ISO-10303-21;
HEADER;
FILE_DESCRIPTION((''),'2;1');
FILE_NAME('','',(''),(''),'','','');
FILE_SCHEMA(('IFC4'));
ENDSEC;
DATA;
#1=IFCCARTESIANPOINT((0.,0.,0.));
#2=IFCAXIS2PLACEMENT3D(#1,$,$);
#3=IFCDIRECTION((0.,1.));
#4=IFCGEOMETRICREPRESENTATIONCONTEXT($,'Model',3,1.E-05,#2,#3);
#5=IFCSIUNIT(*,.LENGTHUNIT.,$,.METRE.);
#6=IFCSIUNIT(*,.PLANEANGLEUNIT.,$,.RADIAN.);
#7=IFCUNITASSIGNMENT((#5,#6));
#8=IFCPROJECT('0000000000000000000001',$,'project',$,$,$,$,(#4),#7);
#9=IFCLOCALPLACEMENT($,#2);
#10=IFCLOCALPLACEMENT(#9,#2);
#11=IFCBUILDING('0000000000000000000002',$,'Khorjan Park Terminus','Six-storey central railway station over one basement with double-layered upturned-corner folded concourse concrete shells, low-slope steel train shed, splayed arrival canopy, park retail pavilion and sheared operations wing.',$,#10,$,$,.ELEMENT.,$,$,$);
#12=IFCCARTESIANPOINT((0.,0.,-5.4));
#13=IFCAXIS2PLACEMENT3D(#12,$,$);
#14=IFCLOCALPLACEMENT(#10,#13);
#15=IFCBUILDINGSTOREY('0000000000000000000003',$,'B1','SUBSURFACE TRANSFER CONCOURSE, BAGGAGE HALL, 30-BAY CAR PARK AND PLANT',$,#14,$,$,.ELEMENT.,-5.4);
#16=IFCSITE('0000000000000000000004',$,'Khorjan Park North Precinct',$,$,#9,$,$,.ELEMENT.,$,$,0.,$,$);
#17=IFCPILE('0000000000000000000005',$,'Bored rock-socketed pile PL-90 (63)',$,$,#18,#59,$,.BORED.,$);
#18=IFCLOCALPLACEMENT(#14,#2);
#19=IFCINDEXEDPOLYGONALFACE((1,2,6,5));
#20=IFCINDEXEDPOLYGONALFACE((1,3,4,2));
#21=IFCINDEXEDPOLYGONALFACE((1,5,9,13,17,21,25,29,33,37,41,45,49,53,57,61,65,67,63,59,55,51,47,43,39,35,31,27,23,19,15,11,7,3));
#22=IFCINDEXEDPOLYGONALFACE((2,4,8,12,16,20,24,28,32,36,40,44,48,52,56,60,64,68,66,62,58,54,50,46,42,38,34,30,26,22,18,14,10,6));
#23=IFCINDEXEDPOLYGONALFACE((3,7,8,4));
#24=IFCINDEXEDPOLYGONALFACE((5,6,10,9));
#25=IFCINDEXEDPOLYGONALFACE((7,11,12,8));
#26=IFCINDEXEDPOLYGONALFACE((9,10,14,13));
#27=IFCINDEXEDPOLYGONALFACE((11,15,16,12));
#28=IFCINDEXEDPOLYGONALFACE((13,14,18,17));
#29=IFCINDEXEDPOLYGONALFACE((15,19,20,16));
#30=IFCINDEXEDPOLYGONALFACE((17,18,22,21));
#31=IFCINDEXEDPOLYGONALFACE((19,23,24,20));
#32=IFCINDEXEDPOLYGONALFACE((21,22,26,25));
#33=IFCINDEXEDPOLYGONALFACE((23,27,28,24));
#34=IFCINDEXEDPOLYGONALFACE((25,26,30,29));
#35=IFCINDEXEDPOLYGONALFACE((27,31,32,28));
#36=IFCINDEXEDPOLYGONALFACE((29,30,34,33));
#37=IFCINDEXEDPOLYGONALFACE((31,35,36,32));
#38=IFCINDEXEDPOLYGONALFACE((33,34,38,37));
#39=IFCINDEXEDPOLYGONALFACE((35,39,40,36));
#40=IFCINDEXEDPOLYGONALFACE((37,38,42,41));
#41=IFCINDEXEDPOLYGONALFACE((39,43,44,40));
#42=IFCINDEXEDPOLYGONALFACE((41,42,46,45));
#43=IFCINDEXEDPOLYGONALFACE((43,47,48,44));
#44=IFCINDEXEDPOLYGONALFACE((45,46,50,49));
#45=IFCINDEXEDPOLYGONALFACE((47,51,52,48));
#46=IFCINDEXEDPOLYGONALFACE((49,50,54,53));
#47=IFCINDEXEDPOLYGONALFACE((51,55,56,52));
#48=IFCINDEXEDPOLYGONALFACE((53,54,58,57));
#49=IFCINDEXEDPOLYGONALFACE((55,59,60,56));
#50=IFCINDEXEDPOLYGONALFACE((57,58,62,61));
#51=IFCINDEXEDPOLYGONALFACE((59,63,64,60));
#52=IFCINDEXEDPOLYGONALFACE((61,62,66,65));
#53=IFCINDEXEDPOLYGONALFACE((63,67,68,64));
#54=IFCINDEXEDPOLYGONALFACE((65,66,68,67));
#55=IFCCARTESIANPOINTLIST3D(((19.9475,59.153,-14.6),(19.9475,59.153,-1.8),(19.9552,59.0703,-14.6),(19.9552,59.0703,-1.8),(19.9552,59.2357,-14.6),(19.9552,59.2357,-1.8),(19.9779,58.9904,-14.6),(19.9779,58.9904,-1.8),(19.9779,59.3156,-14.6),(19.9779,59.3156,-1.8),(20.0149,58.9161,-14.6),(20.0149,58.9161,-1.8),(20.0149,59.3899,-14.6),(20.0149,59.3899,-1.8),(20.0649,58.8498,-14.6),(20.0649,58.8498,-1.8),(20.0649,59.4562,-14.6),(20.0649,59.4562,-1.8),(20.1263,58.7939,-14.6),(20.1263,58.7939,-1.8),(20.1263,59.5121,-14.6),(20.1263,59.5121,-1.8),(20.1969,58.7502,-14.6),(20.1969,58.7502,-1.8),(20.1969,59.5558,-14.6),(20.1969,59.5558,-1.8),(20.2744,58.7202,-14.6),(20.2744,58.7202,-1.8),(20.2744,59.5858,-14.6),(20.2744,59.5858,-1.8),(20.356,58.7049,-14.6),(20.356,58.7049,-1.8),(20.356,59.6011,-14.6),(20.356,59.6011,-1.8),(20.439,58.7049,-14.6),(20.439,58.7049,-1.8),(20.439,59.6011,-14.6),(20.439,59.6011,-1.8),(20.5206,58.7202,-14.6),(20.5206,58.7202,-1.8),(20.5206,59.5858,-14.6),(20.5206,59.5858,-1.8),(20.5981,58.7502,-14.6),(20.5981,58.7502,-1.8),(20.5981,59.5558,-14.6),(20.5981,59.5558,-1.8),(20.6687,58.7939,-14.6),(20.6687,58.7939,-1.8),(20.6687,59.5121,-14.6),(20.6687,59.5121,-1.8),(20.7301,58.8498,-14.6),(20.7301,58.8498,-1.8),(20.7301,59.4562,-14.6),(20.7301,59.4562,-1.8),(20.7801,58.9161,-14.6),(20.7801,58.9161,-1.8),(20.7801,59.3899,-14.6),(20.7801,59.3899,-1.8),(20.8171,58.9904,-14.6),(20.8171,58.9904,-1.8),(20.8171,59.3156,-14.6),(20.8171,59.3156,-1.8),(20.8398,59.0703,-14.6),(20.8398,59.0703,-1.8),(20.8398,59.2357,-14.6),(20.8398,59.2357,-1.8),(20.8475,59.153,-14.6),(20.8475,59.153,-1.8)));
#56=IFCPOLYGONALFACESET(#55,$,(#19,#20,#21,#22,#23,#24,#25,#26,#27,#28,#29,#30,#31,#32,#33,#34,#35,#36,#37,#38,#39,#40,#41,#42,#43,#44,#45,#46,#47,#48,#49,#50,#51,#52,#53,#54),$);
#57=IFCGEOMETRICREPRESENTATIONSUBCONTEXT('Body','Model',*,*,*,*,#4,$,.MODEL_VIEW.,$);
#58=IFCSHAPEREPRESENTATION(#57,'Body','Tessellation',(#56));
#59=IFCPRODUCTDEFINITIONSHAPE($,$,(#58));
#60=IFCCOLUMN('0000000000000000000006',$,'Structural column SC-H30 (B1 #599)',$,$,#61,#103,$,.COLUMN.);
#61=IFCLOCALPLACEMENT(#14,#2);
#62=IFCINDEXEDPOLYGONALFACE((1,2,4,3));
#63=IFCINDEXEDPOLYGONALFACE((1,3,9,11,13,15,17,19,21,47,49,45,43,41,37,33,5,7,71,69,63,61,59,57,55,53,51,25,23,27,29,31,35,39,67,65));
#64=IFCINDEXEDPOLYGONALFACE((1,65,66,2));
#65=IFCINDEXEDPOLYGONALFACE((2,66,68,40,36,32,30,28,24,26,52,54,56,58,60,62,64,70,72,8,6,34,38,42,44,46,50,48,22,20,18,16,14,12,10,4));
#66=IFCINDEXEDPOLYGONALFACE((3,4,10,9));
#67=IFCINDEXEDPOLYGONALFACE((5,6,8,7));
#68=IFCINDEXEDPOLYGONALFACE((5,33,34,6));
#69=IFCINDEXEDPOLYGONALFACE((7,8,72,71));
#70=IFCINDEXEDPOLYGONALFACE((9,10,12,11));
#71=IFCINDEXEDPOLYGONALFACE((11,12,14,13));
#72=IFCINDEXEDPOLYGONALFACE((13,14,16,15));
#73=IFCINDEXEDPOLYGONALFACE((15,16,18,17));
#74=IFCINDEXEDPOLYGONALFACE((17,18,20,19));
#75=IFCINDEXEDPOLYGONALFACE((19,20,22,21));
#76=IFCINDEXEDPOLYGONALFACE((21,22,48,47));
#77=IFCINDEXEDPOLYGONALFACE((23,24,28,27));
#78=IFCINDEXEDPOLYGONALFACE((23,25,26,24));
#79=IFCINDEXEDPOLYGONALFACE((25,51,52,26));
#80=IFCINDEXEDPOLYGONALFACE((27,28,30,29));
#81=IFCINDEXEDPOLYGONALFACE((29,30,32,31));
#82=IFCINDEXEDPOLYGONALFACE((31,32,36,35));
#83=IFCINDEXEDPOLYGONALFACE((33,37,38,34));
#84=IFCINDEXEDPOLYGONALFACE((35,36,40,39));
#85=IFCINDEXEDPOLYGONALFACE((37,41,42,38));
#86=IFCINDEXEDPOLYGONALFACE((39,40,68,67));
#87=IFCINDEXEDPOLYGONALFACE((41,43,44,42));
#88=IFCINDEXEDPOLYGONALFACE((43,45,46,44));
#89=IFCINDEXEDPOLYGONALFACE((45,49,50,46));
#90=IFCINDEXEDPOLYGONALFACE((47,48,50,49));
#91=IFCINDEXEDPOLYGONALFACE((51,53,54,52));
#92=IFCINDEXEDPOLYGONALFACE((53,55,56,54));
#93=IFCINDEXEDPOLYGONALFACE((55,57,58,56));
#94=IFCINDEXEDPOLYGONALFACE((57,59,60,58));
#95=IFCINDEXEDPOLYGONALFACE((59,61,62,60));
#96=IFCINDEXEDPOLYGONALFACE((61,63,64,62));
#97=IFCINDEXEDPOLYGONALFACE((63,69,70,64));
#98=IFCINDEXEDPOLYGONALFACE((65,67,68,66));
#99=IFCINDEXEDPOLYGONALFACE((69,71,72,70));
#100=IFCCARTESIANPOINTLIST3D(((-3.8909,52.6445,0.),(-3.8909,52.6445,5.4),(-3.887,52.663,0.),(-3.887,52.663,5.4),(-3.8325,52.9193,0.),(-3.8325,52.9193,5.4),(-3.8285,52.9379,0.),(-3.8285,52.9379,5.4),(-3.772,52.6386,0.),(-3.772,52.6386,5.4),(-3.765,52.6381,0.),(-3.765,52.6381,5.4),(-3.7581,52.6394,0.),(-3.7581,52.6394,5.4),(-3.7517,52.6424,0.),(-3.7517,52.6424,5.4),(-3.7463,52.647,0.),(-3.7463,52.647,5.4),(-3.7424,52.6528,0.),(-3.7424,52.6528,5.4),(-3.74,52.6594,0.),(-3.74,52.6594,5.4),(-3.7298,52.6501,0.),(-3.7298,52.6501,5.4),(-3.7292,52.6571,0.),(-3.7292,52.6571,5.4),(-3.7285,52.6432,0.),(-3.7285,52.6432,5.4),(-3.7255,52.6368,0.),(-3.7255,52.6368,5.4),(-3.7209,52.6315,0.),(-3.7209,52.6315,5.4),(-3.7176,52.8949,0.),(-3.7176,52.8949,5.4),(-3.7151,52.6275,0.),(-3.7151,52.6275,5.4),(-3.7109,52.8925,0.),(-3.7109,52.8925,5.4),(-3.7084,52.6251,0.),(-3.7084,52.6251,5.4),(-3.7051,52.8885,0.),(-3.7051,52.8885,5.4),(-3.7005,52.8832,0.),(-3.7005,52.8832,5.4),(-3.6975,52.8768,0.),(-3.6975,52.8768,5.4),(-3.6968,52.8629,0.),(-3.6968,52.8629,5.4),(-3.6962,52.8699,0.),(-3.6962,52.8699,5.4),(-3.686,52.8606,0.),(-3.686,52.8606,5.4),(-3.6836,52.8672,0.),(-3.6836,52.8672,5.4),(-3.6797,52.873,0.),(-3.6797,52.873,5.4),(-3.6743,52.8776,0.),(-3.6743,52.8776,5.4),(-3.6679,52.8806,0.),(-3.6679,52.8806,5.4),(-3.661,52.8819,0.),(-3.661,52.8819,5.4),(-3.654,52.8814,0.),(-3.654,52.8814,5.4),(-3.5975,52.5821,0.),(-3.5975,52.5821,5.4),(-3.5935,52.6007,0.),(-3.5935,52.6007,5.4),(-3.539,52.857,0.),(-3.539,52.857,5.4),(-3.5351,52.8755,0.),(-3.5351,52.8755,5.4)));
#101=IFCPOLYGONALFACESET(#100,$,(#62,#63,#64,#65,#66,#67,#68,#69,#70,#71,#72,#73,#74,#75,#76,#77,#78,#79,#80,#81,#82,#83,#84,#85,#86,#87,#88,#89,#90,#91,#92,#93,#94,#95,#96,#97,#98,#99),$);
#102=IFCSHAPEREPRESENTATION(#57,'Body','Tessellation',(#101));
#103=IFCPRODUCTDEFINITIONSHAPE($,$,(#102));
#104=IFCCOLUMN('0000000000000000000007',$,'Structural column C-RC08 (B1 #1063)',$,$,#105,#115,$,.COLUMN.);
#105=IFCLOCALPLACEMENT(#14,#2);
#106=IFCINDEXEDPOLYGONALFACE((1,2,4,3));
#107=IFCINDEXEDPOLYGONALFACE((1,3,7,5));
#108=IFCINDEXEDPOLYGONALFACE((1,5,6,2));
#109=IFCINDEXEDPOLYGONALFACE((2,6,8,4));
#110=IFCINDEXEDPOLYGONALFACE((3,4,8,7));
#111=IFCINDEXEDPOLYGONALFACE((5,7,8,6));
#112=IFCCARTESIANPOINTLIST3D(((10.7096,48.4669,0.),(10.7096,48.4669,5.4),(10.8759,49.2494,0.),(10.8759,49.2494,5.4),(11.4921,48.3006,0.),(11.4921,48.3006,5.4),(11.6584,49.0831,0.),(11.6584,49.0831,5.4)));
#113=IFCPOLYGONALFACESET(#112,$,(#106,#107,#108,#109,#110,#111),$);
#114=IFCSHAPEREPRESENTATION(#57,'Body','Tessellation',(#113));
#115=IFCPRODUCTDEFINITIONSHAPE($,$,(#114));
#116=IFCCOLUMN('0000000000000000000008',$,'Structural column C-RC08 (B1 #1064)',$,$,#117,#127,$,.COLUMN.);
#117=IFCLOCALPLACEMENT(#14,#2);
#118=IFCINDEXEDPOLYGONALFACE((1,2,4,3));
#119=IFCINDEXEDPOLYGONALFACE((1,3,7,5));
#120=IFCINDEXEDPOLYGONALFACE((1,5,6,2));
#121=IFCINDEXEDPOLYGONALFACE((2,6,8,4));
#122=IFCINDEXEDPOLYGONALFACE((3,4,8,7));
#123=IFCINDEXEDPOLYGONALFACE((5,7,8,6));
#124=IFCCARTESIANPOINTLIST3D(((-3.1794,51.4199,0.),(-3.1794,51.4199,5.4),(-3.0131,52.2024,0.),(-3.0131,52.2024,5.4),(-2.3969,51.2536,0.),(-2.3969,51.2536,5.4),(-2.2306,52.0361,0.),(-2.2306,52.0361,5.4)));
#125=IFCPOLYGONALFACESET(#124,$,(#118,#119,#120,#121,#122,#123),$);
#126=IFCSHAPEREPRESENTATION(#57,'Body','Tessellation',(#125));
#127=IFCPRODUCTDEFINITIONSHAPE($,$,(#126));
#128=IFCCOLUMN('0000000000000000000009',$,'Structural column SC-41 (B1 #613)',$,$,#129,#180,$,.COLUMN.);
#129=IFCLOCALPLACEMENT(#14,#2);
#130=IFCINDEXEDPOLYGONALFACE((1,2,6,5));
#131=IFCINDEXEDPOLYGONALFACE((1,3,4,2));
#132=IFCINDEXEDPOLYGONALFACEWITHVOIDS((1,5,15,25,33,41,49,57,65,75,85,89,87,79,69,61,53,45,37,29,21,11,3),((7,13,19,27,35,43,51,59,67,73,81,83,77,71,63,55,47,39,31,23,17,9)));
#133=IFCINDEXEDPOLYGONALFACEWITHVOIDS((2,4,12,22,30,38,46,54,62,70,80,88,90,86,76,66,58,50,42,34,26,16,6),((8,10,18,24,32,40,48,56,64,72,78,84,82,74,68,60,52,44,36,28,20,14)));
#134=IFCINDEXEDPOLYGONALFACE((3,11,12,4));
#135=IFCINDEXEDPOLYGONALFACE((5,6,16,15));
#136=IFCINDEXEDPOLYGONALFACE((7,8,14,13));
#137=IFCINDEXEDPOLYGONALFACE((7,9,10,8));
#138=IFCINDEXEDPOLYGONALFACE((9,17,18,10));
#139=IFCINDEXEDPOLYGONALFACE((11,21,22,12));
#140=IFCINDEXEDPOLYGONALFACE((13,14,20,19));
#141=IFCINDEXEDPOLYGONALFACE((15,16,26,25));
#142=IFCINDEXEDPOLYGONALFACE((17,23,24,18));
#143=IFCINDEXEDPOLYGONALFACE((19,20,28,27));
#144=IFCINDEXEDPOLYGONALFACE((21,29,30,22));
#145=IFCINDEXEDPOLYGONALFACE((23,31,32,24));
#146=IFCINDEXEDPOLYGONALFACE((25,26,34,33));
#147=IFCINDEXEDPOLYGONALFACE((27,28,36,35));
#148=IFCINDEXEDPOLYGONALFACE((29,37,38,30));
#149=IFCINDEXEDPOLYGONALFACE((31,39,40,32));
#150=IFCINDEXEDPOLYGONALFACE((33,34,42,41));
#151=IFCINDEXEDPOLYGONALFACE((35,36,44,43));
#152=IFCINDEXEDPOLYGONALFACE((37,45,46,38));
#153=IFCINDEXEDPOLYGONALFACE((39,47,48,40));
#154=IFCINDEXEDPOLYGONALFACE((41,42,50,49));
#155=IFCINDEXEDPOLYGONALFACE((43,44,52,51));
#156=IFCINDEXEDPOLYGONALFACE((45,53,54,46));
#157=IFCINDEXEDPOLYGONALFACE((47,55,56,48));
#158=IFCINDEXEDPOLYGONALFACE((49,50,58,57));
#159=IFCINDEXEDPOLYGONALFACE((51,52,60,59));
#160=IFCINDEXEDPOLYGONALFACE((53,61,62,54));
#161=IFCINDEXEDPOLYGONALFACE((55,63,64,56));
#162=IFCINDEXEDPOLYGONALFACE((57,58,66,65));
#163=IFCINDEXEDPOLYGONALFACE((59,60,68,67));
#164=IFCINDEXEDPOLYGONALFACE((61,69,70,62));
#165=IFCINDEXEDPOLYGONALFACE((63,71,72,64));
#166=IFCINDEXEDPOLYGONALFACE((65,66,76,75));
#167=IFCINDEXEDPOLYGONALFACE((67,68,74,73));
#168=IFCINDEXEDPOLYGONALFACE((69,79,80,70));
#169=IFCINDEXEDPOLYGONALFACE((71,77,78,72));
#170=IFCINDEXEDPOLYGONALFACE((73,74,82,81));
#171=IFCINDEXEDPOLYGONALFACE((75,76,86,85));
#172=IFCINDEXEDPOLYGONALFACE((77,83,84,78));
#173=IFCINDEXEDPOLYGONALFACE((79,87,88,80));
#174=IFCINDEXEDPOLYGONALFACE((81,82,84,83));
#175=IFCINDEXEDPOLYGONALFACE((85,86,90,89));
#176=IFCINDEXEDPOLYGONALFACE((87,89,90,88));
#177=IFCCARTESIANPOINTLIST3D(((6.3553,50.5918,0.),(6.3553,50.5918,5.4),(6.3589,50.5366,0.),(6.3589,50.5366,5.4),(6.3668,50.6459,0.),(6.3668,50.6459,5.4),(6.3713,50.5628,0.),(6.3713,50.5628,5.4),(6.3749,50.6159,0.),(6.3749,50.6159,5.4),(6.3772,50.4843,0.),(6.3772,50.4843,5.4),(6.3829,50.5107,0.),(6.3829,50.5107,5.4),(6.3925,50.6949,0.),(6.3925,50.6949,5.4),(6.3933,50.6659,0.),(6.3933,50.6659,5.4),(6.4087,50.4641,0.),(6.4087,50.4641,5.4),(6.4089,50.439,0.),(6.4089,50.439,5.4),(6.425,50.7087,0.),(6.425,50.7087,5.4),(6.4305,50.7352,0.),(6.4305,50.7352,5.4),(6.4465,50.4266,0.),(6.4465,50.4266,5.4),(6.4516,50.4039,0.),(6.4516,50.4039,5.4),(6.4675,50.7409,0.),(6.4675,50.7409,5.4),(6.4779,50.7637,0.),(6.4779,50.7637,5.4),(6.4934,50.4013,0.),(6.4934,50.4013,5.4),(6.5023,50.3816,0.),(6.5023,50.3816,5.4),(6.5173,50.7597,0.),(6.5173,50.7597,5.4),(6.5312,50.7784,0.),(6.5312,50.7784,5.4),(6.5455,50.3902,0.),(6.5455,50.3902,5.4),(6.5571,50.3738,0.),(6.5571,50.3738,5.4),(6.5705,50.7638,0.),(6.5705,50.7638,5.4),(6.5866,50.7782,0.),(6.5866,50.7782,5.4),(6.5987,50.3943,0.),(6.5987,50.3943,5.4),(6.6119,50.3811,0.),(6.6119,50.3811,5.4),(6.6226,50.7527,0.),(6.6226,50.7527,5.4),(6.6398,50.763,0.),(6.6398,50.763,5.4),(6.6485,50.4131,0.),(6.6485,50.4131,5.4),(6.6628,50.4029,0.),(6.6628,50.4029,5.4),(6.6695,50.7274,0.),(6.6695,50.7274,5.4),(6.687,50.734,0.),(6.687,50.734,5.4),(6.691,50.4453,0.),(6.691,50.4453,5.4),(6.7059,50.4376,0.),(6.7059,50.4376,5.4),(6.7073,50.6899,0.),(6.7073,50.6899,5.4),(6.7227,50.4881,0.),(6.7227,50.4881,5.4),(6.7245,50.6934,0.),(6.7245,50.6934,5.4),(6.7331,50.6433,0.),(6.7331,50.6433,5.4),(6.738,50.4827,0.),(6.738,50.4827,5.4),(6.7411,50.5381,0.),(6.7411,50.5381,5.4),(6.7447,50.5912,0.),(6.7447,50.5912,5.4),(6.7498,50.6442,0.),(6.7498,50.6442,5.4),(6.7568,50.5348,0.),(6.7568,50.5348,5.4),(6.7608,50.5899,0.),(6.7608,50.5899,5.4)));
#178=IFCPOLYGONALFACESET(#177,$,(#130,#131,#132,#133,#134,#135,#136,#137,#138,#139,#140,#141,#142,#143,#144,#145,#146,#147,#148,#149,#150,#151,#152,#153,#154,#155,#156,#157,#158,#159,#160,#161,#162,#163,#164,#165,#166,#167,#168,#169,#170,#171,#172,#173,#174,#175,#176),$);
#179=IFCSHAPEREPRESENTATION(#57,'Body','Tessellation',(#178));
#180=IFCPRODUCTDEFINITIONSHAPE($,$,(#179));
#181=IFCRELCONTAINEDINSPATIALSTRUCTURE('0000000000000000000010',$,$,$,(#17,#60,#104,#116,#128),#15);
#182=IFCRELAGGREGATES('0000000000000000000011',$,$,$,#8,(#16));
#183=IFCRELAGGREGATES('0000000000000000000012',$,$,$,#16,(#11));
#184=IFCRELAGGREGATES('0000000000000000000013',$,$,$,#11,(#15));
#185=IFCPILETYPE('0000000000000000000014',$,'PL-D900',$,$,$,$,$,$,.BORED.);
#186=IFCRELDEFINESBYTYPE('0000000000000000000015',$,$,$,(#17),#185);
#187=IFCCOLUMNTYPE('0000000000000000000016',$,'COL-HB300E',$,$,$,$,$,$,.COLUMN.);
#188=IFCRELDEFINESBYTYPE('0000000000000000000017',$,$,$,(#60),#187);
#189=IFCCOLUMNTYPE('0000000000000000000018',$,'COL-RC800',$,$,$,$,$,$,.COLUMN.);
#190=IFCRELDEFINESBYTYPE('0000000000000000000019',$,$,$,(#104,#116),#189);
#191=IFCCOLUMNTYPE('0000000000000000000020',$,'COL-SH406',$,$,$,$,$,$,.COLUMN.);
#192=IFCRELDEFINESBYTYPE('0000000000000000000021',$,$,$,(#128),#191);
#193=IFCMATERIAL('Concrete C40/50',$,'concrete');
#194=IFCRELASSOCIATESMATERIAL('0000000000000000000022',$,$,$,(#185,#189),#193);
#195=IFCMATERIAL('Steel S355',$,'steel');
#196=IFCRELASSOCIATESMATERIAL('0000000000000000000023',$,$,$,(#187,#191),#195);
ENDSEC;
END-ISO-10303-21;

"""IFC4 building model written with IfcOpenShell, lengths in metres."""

from ifc_helpers import new_model, si_unit, direction, frame, origin, origin_2d, place, context, subcontext, project, spatial, rectangle, circle, hollow_circle, i_section, extrude, material, material_profile, profile_set, type_object, element, save


model = new_model("IFC4")

# Units and contexts
model_context = context("Model", 3, precision=1e-05, world=origin(), true_north=direction((0.0, 1.0)))
body_context = subcontext(model_context, "Body", "Model", "MODEL_VIEW")
ifc_project = project(units=[si_unit("LENGTHUNIT", "METRE"), si_unit("PLANEANGLEUNIT", "RADIAN")], contexts=[model_context])

# Site, building, storey
site_placement = place(None, origin())
site = spatial("IfcSite", under=ifc_project, at=site_placement, Name="Khorjan Park North Precinct", CompositionType="ELEMENT", RefElevation=0.0)
building_placement = place(site_placement, origin())
building = spatial("IfcBuilding", under=site, at=building_placement, Name="Khorjan Park Terminus", Description="Six-storey central railway station over one basement with double-layered upturned-corner folded concourse concrete shells, low-slope steel train shed, splayed arrival canopy, park retail pavilion and sheared operations wing.", CompositionType="ELEMENT")
storey_placement = place(building_placement, frame((0.0, 0.0, -5.4)))
storey = spatial("IfcBuildingStorey", under=building, at=storey_placement, Name="B1", Description="SUBSURFACE TRANSFER CONCOURSE, BAGGAGE HALL, 30-BAY CAR PARK AND PLANT", CompositionType="ELEMENT", Elevation=-5.4)

# Shared definitions
ifc_material_1 = material(Name="Concrete C40/50", Category="concrete")

# Pile
ifc_material_profile_1 = material_profile(ifc_material_1, circle(Radius=0.45, at=origin_2d()), Name="BORED D900")
ifc_profile_set_1 = profile_set([ifc_material_profile_1], Name="Concrete C40/50")
pile_type_1 = type_object("IfcPileType", Name="PL-D900", PredefinedType="BORED", material=ifc_profile_set_1)
for number, where, z_axis, x_axis, name in (
    (1, (20.3975, 59.153, -1.8), (0.0, 0.0, -1.0), (1.0, 0.0, 0.0), "Bored rock-socketed pile PL-90 (63)"),
):
    element("IfcPile", number, at=place(storey_placement, frame(where, z_axis=z_axis, x_axis=x_axis)), inside=storey, type_object=pile_type_1, Name=name, PredefinedType="BORED", context=body_context, shape_type="SweptSolid", body=[
        extrude(circle(Radius=0.45, at=origin_2d()), origin(), (0.0, 0.0, 1.0), 12.8),
    ])

# Columns
ifc_material_2 = material(Name="Steel S355", Category="steel")
ifc_material_profile_2 = material_profile(ifc_material_2, i_section(OverallWidth=0.3, OverallDepth=0.3, WebThickness=0.011, FlangeThickness=0.019, FilletRadius=0.027, at=origin_2d()), Name="HEB 300")
ifc_profile_set_2 = profile_set([ifc_material_profile_2], Name="Steel S355")
column_type_1 = type_object("IfcColumnType", Name="COL-HB300E", PredefinedType="COLUMN", material=ifc_profile_set_2)
column_placement = place(storey_placement, frame((-3.713, 52.76, 0.0), z_axis=(0.0, 0.0, 1.0), x_axis=(0.978148, -0.207912, 0.0)))
element("IfcColumn", 2, at=column_placement, inside=storey, type_object=column_type_1, Name="Structural column SC-H30 (B1 #599)", PredefinedType="COLUMN", context=body_context, shape_type="SweptSolid", body=[
    extrude(i_section(OverallWidth=0.3, OverallDepth=0.3, WebThickness=0.011, FlangeThickness=0.019, FilletRadius=0.027, at=origin_2d()), origin(), (0.0, 0.0, 1.0), 5.4),
])
ifc_material_profile_3 = material_profile(ifc_material_1, rectangle(XDim=0.8, YDim=0.8, at=origin_2d()), Name="RC 800x800")
ifc_profile_set_3 = profile_set([ifc_material_profile_3], Name="Concrete C40/50")
column_type_2 = type_object("IfcColumnType", Name="COL-RC800", PredefinedType="COLUMN", material=ifc_profile_set_3)
for number, where, z_axis, x_axis, name in (
    (3, (11.184, 48.775, 0.0), (0.0, 0.0, 1.0), (0.978148, -0.207912, 0.0), "Structural column C-RC08 (B1 #1063)"),
    (4, (-2.705, 51.728, 0.0), (0.0, 0.0, 1.0), (0.978148, -0.207912, 0.0), "Structural column C-RC08 (B1 #1064)"),
):
    element("IfcColumn", number, at=place(storey_placement, frame(where, z_axis=z_axis, x_axis=x_axis)), inside=storey, type_object=column_type_2, Name=name, PredefinedType="COLUMN", context=body_context, shape_type="SweptSolid", body=[
        extrude(rectangle(XDim=0.8, YDim=0.8, at=origin_2d()), origin(), (0.0, 0.0, 1.0), 5.4),
    ])
ifc_material_profile_4 = material_profile(ifc_material_2, hollow_circle(Radius=0.2032, WallThickness=0.016, at=origin_2d()), Name="CHS 406.4x16")
ifc_profile_set_4 = profile_set([ifc_material_profile_4], Name="Steel S355")
column_type_3 = type_object("IfcColumnType", Name="COL-SH406", PredefinedType="COLUMN", material=ifc_profile_set_4)
for number, where, z_axis, x_axis, name in (
    (5, (6.558, 50.577, 0.0), (0.0, 0.0, 1.0), (0.978148, -0.207912, 0.0), "Structural column SC-41 (B1 #613)"),
):
    element("IfcColumn", number, at=place(storey_placement, frame(where, z_axis=z_axis, x_axis=x_axis)), inside=storey, type_object=column_type_3, Name=name, PredefinedType="COLUMN", context=body_context, shape_type="SweptSolid", body=[
        extrude(hollow_circle(Radius=0.2032, WallThickness=0.016, at=origin_2d()), origin(), (0.0, 0.0, 1.0), 5.4),
    ])

save(model, "model.ifc")
